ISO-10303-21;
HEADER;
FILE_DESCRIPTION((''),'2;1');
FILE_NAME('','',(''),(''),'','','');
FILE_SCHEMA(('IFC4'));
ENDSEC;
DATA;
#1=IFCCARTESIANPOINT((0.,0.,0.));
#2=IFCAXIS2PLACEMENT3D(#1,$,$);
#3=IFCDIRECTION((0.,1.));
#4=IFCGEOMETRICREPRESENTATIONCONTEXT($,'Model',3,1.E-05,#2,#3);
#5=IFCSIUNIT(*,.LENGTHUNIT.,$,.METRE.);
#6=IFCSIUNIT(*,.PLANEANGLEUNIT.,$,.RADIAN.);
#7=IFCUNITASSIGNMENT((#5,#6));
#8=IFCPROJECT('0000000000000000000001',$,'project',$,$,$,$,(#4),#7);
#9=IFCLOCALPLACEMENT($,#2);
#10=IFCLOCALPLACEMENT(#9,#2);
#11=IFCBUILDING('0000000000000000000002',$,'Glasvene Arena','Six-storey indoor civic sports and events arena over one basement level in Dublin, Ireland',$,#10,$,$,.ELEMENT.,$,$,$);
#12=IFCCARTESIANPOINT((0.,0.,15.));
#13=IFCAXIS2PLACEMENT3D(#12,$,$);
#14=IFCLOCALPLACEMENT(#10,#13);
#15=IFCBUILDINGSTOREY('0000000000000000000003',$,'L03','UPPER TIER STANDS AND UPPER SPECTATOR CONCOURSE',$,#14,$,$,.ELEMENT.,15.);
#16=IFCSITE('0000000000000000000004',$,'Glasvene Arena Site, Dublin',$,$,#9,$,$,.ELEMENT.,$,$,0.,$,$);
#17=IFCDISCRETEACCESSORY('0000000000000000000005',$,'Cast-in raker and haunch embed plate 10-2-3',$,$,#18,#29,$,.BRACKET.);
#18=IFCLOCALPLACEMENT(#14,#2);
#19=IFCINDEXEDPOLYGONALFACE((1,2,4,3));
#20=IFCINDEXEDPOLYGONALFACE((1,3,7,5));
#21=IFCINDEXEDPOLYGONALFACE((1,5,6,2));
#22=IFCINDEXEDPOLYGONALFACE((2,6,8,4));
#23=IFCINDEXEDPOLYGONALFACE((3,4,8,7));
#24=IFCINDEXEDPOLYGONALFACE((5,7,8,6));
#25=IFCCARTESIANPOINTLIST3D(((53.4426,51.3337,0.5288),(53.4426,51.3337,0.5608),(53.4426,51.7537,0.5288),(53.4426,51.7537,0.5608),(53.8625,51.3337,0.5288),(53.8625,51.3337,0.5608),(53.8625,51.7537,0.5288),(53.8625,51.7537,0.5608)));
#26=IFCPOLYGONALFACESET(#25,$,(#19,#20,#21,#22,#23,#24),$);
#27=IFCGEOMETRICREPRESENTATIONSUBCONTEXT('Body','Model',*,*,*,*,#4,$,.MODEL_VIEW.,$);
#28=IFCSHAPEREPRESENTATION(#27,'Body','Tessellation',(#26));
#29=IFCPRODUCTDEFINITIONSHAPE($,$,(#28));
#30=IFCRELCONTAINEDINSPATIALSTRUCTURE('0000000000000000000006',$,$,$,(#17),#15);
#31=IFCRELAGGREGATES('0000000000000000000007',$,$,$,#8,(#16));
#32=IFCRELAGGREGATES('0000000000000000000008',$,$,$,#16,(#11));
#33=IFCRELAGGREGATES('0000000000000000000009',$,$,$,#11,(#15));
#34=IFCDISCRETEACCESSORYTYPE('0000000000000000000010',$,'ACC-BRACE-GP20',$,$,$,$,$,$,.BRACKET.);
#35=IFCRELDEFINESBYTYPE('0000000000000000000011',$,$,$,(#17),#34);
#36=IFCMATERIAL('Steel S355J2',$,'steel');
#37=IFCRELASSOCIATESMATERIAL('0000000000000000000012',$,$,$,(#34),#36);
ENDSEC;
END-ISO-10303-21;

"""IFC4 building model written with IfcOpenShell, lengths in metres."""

from ifc_helpers import new_model, si_unit, direction, frame, origin, origin_2d, place, context, subcontext, project, spatial, rectangle, extrude, material, type_object, element, save


model = new_model("IFC4")

# Units and contexts
model_context = context("Model", 3, precision=1e-05, world=origin(), true_north=direction((0.0, 1.0)))
body_context = subcontext(model_context, "Body", "Model", "MODEL_VIEW")
ifc_project = project(units=[si_unit("LENGTHUNIT", "METRE"), si_unit("PLANEANGLEUNIT", "RADIAN")], contexts=[model_context])

# Site, building, storey
site_placement = place(None, origin())
site = spatial("IfcSite", under=ifc_project, at=site_placement, Name="Glasvene Arena Site, Dublin", CompositionType="ELEMENT", RefElevation=0.0)
building_placement = place(site_placement, origin())
building = spatial("IfcBuilding", under=site, at=building_placement, Name="Glasvene Arena", Description="Six-storey indoor civic sports and events arena over one basement level in Dublin, Ireland", CompositionType="ELEMENT")
storey_placement = place(building_placement, frame((0.0, 0.0, 15.0)))
storey = spatial("IfcBuildingStorey", under=building, at=storey_placement, Name="L03", Description="UPPER TIER STANDS AND UPPER SPECTATOR CONCOURSE", CompositionType="ELEMENT", Elevation=15.0)

# Shared definitions
ifc_material_1 = material(Name="Steel S355J2", Category="steel")

# Discrete accessory
discrete_accessory_type = type_object("IfcDiscreteAccessoryType", Name="ACC-BRACE-GP20", PredefinedType="BRACKET", material=ifc_material_1)
discrete_accessory_placement = place(storey_placement, frame((53.6526, 51.5437, 0.5288), z_axis=(0.0, 0.0, 1.0), x_axis=(1.0, 0.0, 0.0)))
element("IfcDiscreteAccessory", 1, at=discrete_accessory_placement, inside=storey, type_object=discrete_accessory_type, Name="Cast-in raker and haunch embed plate 10-2-3", PredefinedType="BRACKET", context=body_context, shape_type="SweptSolid", body=[
    extrude(rectangle(XDim=0.4199, YDim=0.4199, at=origin_2d()), origin(), (0.0, 0.0, 1.0), 0.032),
])

save(model, "model.ifc")
